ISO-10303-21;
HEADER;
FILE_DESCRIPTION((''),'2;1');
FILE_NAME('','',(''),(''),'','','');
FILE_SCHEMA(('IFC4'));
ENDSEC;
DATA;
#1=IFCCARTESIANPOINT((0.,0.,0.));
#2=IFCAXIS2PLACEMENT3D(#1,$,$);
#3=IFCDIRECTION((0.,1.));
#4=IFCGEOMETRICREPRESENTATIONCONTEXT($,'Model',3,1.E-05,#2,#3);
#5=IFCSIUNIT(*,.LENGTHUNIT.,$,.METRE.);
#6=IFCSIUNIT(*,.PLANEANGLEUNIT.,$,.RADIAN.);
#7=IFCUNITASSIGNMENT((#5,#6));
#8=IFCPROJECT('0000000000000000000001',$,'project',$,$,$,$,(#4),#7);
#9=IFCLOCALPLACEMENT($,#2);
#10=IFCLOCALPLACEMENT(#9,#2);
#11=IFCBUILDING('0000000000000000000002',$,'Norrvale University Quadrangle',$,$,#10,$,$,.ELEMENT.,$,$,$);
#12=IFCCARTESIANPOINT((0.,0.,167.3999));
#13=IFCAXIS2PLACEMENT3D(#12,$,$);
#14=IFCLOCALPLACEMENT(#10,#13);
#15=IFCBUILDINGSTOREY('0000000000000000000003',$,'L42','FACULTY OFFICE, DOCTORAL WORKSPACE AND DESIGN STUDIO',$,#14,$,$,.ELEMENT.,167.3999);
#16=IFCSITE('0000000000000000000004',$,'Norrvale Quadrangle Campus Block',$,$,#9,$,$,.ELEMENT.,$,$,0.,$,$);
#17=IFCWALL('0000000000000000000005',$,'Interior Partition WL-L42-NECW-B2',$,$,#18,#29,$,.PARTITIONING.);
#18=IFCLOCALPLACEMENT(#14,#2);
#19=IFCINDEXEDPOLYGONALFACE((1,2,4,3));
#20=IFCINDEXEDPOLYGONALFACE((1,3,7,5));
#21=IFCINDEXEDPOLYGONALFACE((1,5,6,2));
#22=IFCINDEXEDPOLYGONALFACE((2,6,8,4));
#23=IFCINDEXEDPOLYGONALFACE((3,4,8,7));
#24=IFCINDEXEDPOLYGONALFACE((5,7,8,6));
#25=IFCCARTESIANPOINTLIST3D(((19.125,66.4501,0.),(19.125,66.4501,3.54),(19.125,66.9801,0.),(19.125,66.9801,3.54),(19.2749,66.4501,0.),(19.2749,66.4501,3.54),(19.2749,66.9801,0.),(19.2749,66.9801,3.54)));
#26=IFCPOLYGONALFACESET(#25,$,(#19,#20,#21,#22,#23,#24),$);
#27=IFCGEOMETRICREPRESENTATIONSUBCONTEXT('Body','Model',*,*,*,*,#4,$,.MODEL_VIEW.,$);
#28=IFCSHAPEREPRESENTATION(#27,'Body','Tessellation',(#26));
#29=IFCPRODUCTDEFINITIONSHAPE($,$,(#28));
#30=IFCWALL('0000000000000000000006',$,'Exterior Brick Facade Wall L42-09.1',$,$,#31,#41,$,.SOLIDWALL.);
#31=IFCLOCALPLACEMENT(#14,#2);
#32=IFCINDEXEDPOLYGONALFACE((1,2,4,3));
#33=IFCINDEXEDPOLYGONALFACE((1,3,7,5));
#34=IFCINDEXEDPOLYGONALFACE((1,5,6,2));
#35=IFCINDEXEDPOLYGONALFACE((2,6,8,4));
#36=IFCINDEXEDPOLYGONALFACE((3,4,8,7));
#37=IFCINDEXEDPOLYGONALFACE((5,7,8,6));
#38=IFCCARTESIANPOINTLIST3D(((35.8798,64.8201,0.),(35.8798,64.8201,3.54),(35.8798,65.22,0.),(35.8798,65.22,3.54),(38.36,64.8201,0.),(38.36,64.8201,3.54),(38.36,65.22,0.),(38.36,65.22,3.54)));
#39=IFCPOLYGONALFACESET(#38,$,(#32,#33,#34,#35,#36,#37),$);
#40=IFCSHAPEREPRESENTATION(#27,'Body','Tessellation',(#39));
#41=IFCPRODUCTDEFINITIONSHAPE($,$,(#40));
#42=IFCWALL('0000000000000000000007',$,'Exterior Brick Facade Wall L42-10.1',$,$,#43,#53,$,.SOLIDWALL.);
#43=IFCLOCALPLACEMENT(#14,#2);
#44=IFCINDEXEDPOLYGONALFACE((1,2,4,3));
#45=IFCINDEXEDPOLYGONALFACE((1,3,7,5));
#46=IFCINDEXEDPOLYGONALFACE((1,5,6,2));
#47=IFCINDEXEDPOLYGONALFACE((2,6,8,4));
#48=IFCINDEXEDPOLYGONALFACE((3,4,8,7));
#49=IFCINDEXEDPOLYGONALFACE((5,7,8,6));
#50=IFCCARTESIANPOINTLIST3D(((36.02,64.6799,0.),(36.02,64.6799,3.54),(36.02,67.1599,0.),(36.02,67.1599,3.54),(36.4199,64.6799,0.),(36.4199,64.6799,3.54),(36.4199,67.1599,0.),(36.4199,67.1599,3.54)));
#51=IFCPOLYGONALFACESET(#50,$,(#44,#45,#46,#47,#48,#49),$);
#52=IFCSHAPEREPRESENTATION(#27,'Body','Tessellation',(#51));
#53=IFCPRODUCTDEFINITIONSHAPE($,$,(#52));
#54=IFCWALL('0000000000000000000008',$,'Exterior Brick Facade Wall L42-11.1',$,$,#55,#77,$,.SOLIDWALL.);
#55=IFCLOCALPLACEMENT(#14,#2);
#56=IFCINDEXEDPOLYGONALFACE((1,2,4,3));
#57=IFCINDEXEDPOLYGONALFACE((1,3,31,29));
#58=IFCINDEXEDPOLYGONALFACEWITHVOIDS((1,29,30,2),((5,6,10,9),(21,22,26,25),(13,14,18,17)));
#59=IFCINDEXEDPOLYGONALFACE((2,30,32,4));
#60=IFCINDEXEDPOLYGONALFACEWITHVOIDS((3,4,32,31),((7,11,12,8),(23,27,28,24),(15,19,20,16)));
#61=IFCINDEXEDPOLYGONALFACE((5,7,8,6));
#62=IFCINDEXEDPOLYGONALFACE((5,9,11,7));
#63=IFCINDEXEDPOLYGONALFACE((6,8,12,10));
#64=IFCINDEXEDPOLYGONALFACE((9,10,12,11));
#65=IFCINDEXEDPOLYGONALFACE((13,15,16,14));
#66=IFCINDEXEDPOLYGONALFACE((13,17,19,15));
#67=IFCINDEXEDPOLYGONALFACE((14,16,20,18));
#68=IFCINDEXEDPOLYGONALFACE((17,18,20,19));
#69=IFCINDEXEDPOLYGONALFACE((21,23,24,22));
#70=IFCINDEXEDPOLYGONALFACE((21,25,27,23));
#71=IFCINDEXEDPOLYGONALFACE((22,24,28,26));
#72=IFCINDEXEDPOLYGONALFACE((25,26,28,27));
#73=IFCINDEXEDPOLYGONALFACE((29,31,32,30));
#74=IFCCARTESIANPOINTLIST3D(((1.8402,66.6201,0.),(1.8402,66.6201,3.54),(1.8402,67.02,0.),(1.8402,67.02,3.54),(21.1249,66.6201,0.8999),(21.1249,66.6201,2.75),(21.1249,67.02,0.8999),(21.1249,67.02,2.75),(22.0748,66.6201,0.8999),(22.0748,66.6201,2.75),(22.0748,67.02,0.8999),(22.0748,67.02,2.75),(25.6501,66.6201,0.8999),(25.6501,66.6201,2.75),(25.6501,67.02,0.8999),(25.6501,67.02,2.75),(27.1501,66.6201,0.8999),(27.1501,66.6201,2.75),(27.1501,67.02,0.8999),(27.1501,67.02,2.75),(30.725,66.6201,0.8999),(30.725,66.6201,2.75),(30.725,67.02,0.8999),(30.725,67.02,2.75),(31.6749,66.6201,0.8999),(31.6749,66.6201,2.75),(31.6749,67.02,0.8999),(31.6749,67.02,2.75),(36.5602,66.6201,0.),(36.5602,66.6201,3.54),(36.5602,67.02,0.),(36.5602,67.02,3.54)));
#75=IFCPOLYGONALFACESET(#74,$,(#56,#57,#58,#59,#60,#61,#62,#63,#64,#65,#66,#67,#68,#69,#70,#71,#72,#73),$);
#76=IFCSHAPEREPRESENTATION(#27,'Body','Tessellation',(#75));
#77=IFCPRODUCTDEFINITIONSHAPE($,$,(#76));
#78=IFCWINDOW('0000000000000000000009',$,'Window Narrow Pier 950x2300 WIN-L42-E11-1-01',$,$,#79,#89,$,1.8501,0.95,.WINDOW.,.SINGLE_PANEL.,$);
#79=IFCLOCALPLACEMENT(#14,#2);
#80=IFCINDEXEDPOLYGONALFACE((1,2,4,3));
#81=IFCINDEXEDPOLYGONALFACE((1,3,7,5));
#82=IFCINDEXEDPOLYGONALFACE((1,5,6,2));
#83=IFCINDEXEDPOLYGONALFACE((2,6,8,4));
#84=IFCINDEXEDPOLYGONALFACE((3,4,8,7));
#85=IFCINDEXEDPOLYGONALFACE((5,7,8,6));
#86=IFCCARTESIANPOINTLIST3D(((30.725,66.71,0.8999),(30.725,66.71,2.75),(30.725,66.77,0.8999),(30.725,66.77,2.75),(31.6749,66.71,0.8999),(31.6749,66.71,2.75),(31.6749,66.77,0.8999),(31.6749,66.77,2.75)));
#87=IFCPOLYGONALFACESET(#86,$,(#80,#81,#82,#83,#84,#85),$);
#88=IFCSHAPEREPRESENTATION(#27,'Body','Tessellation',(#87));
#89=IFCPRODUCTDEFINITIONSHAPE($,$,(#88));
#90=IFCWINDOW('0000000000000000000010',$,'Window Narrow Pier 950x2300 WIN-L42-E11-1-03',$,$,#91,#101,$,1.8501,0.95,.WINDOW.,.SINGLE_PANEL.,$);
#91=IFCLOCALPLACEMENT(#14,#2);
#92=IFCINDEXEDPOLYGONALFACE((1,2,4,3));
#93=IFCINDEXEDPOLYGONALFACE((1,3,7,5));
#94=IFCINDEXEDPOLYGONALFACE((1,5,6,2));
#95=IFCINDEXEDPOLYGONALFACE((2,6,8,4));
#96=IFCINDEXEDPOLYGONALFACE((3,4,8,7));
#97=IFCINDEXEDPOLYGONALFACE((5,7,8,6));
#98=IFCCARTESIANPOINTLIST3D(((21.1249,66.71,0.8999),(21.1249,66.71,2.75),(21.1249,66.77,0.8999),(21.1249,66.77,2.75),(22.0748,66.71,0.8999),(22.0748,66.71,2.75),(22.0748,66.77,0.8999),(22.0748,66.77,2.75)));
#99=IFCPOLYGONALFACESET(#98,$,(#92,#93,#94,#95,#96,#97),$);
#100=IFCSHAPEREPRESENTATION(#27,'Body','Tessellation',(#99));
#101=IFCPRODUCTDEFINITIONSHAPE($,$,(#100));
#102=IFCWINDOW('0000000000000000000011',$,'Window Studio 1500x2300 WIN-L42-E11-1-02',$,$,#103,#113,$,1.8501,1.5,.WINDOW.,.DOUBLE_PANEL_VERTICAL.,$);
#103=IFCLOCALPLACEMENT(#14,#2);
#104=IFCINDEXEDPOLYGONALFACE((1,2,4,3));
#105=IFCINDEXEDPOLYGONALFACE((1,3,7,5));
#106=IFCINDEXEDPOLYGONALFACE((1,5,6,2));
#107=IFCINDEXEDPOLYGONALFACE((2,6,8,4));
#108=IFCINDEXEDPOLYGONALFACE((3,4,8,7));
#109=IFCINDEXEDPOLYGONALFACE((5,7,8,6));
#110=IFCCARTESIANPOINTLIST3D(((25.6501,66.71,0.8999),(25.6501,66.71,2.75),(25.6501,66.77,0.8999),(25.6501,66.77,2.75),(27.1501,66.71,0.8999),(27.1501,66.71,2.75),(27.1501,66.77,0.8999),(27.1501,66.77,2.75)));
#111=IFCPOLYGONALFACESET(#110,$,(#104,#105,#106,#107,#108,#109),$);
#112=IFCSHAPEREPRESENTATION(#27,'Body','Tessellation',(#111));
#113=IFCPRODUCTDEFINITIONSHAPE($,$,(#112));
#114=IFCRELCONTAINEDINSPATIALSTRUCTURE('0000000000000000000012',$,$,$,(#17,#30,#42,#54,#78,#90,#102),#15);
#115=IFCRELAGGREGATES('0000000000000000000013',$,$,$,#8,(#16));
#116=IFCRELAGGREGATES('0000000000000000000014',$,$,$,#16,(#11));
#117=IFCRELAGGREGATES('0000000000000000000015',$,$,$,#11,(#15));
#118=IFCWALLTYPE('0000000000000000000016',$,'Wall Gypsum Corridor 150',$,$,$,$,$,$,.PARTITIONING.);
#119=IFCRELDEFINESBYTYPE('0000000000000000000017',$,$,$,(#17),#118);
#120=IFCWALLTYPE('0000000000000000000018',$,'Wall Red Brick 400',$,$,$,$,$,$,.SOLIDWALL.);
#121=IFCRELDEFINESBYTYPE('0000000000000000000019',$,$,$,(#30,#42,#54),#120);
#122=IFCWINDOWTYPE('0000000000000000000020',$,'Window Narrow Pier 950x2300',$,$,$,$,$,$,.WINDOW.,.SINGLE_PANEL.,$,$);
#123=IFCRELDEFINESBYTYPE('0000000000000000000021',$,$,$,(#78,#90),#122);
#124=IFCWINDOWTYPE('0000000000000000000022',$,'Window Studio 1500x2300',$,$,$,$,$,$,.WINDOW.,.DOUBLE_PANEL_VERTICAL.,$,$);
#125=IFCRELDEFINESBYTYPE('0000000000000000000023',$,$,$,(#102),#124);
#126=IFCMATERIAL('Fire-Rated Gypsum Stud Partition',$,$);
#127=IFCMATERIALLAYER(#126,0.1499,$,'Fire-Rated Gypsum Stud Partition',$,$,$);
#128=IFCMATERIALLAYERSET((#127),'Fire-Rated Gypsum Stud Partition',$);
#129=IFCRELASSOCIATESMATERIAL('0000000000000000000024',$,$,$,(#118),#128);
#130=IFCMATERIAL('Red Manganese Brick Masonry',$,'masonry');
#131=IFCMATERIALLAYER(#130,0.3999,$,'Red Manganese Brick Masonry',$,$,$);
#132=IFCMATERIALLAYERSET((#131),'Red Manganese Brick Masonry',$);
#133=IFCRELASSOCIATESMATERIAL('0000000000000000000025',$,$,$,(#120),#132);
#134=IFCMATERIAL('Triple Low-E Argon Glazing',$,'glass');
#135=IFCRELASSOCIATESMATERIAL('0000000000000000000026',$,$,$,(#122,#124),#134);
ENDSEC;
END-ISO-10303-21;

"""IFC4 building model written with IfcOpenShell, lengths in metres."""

from ifc_helpers import new_model, si_unit, direction, frame, frame_2d, origin, place, context, subcontext, project, spatial, rectangle, extrude, material, layer, layer_set, type_object, element, fill, save


model = new_model("IFC4")

# Units and contexts
model_context = context("Model", 3, precision=1e-05, world=origin(), true_north=direction((0.0, 1.0)))
body_context = subcontext(model_context, "Body", "Model", "MODEL_VIEW")
ifc_project = project(units=[si_unit("LENGTHUNIT", "METRE"), si_unit("PLANEANGLEUNIT", "RADIAN")], contexts=[model_context])

# Site, building, storey
site_placement = place(None, origin())
site = spatial("IfcSite", under=ifc_project, at=site_placement, Name="Norrvale Quadrangle Campus Block", CompositionType="ELEMENT", RefElevation=0.0)
building_placement = place(site_placement, origin())
building = spatial("IfcBuilding", under=site, at=building_placement, Name="Norrvale University Quadrangle", CompositionType="ELEMENT")
storey_placement = place(building_placement, frame((0.0, 0.0, 167.3999)))
storey = spatial("IfcBuildingStorey", under=building, at=storey_placement, Name="L42", Description="FACULTY OFFICE, DOCTORAL WORKSPACE AND DESIGN STUDIO", CompositionType="ELEMENT", Elevation=167.3999)

# Shared definitions
ifc_material_1 = material(Name="Fire-Rated Gypsum Stud Partition")
ifc_layer_1 = layer(ifc_material_1, 0.1499, Name="Fire-Rated Gypsum Stud Partition")
ifc_layer_set_1 = layer_set([ifc_layer_1], Name="Fire-Rated Gypsum Stud Partition")
wall_type_1 = type_object("IfcWallType", Name="Wall Gypsum Corridor 150", PredefinedType="PARTITIONING", material=ifc_layer_set_1)

# Walls
wall_1_placement = place(storey_placement, frame((19.2, 66.45, 0.0), z_axis=(0.0, 0.0, 1.0), x_axis=(0.0, 1.0, 0.0)))
element("IfcWall", 1, at=wall_1_placement, inside=storey, type_object=wall_type_1, Name="Interior Partition WL-L42-NECW-B2", PredefinedType="PARTITIONING", context=body_context, shape_type="SweptSolid", body=[
    extrude(rectangle(XDim=0.53, YDim=0.1499, at=frame_2d((0.2651, 0.0))), origin(), (0.0, 0.0, 1.0), 3.54),
])
ifc_material_2 = material(Name="Red Manganese Brick Masonry", Category="masonry")
ifc_layer_2 = layer(ifc_material_2, 0.3999, Name="Red Manganese Brick Masonry")
ifc_layer_set_2 = layer_set([ifc_layer_2], Name="Red Manganese Brick Masonry")
wall_type_2 = type_object("IfcWallType", Name="Wall Red Brick 400", PredefinedType="SOLIDWALL", material=ifc_layer_set_2)
wall_2_placement = place(storey_placement, frame((38.3601, 65.02, 0.0), z_axis=(0.0, 0.0, 1.0), x_axis=(-1.0, 0.0, 0.0)))
element("IfcWall", 2, at=wall_2_placement, inside=storey, type_object=wall_type_2, Name="Exterior Brick Facade Wall L42-09.1", PredefinedType="SOLIDWALL", context=body_context, shape_type="SweptSolid", body=[
    extrude(rectangle(XDim=2.4802, YDim=0.3999, at=frame_2d((1.2402, 0.0))), origin(), (0.0, 0.0, 1.0), 3.54),
])
wall_3_placement = place(storey_placement, frame((36.22, 64.6799, 0.0), z_axis=(0.0, 0.0, 1.0), x_axis=(0.0, 1.0, 0.0)))
element("IfcWall", 3, at=wall_3_placement, inside=storey, type_object=wall_type_2, Name="Exterior Brick Facade Wall L42-10.1", PredefinedType="SOLIDWALL", context=body_context, shape_type="SweptSolid", body=[
    extrude(rectangle(XDim=2.48, YDim=0.3999, at=frame_2d((1.24, 0.0))), origin(), (0.0, 0.0, 1.0), 3.54),
])

# Wall, openings, windows
wall_4_placement = place(storey_placement, frame((36.5601, 66.8201, 0.0), z_axis=(0.0, 0.0, 1.0), x_axis=(-1.0, 0.0, 0.0)))
wall_4 = element("IfcWall", 4, at=wall_4_placement, inside=storey, type_object=wall_type_2, Name="Exterior Brick Facade Wall L42-11.1", PredefinedType="SOLIDWALL", context=body_context, shape_type="SweptSolid", body=[
    extrude(rectangle(XDim=34.72, YDim=0.3999, at=frame_2d((17.3599, 0.0))), origin(), (0.0, 0.0, 1.0), 3.54),
])
opening_1_placement = place(wall_4_placement, frame((4.885, 0.0, 0.8999)))
opening_1 = element("IfcOpeningElement", 5, at=opening_1_placement, cuts=wall_4, PredefinedType="OPENING", context=body_context, shape_type="SweptSolid", body=[
    extrude(rectangle(XDim=0.95, YDim=1.8501, at=frame_2d((0.4751, 0.925))), frame((0.0, 0.2119, 0.0), z_axis=(0.0, -1.0, 0.0), x_axis=(1.0, 0.0, 0.0)), (0.0, 0.0, 1.0), 0.4238),
])
opening_2_placement = place(wall_4_placement, frame((9.4099, 0.0, 0.8999)))
opening_2 = element("IfcOpeningElement", 6, at=opening_2_placement, cuts=wall_4, PredefinedType="OPENING", context=body_context, shape_type="SweptSolid", body=[
    extrude(rectangle(XDim=1.5, YDim=1.8501, at=frame_2d((0.75, 0.925))), frame((0.0, 0.2119, 0.0), z_axis=(0.0, -1.0, 0.0), x_axis=(1.0, 0.0, 0.0)), (0.0, 0.0, 1.0), 0.4238),
])
opening_3_placement = place(wall_4_placement, frame((14.4851, 0.0, 0.8999)))
opening_3 = element("IfcOpeningElement", 7, at=opening_3_placement, cuts=wall_4, PredefinedType="OPENING", context=body_context, shape_type="SweptSolid", body=[
    extrude(rectangle(XDim=0.95, YDim=1.8501, at=frame_2d((0.4751, 0.925))), frame((0.0, 0.2119, 0.0), z_axis=(0.0, -1.0, 0.0), x_axis=(1.0, 0.0, 0.0)), (0.0, 0.0, 1.0), 0.4238),
])
ifc_material_3 = material(Name="Triple Low-E Argon Glazing", Category="glass")
window_type_1 = type_object("IfcWindowType", Name="Window Narrow Pier 950x2300", PartitioningType="SINGLE_PANEL", PredefinedType="WINDOW", material=ifc_material_3)
window_1_placement = place(opening_1_placement, origin())
window_1 = element("IfcWindow", 8, at=window_1_placement, inside=storey, type_object=window_type_1, Name="Window Narrow Pier 950x2300 WIN-L42-E11-1-01", OverallHeight=1.8501, OverallWidth=0.95, PartitioningType="SINGLE_PANEL", PredefinedType="WINDOW", context=body_context, shape_type="SweptSolid", body=[
    extrude(rectangle(XDim=0.95, YDim=1.8501, at=frame_2d((0.4751, 0.925))), frame((0.0, 0.1101, 0.0), z_axis=(0.0, -1.0, 0.0), x_axis=(1.0, 0.0, 0.0)), (0.0, 0.0, 1.0), 0.0601),
])
fill(opening_1, window_1)
window_2_placement = place(opening_3_placement, origin())
window_2 = element("IfcWindow", 9, at=window_2_placement, inside=storey, type_object=window_type_1, Name="Window Narrow Pier 950x2300 WIN-L42-E11-1-03", OverallHeight=1.8501, OverallWidth=0.95, PartitioningType="SINGLE_PANEL", PredefinedType="WINDOW", context=body_context, shape_type="SweptSolid", body=[
    extrude(rectangle(XDim=0.95, YDim=1.8501, at=frame_2d((0.4751, 0.925))), frame((0.0, 0.1101, 0.0), z_axis=(0.0, -1.0, 0.0), x_axis=(1.0, 0.0, 0.0)), (0.0, 0.0, 1.0), 0.0601),
])
fill(opening_3, window_2)
window_type_2 = type_object("IfcWindowType", Name="Window Studio 1500x2300", PartitioningType="DOUBLE_PANEL_VERTICAL", PredefinedType="WINDOW", material=ifc_material_3)
window_3_placement = place(opening_2_placement, origin())
window_3 = element("IfcWindow", 10, at=window_3_placement, inside=storey, type_object=window_type_2, Name="Window Studio 1500x2300 WIN-L42-E11-1-02", OverallHeight=1.8501, OverallWidth=1.5, PartitioningType="DOUBLE_PANEL_VERTICAL", PredefinedType="WINDOW", context=body_context, shape_type="SweptSolid", body=[
    extrude(rectangle(XDim=1.5, YDim=1.8501, at=frame_2d((0.75, 0.925))), frame((0.0, 0.1101, 0.0), z_axis=(0.0, -1.0, 0.0), x_axis=(1.0, 0.0, 0.0)), (0.0, 0.0, 1.0), 0.0601),
])
fill(opening_2, window_3)

save(model, "model.ifc")
